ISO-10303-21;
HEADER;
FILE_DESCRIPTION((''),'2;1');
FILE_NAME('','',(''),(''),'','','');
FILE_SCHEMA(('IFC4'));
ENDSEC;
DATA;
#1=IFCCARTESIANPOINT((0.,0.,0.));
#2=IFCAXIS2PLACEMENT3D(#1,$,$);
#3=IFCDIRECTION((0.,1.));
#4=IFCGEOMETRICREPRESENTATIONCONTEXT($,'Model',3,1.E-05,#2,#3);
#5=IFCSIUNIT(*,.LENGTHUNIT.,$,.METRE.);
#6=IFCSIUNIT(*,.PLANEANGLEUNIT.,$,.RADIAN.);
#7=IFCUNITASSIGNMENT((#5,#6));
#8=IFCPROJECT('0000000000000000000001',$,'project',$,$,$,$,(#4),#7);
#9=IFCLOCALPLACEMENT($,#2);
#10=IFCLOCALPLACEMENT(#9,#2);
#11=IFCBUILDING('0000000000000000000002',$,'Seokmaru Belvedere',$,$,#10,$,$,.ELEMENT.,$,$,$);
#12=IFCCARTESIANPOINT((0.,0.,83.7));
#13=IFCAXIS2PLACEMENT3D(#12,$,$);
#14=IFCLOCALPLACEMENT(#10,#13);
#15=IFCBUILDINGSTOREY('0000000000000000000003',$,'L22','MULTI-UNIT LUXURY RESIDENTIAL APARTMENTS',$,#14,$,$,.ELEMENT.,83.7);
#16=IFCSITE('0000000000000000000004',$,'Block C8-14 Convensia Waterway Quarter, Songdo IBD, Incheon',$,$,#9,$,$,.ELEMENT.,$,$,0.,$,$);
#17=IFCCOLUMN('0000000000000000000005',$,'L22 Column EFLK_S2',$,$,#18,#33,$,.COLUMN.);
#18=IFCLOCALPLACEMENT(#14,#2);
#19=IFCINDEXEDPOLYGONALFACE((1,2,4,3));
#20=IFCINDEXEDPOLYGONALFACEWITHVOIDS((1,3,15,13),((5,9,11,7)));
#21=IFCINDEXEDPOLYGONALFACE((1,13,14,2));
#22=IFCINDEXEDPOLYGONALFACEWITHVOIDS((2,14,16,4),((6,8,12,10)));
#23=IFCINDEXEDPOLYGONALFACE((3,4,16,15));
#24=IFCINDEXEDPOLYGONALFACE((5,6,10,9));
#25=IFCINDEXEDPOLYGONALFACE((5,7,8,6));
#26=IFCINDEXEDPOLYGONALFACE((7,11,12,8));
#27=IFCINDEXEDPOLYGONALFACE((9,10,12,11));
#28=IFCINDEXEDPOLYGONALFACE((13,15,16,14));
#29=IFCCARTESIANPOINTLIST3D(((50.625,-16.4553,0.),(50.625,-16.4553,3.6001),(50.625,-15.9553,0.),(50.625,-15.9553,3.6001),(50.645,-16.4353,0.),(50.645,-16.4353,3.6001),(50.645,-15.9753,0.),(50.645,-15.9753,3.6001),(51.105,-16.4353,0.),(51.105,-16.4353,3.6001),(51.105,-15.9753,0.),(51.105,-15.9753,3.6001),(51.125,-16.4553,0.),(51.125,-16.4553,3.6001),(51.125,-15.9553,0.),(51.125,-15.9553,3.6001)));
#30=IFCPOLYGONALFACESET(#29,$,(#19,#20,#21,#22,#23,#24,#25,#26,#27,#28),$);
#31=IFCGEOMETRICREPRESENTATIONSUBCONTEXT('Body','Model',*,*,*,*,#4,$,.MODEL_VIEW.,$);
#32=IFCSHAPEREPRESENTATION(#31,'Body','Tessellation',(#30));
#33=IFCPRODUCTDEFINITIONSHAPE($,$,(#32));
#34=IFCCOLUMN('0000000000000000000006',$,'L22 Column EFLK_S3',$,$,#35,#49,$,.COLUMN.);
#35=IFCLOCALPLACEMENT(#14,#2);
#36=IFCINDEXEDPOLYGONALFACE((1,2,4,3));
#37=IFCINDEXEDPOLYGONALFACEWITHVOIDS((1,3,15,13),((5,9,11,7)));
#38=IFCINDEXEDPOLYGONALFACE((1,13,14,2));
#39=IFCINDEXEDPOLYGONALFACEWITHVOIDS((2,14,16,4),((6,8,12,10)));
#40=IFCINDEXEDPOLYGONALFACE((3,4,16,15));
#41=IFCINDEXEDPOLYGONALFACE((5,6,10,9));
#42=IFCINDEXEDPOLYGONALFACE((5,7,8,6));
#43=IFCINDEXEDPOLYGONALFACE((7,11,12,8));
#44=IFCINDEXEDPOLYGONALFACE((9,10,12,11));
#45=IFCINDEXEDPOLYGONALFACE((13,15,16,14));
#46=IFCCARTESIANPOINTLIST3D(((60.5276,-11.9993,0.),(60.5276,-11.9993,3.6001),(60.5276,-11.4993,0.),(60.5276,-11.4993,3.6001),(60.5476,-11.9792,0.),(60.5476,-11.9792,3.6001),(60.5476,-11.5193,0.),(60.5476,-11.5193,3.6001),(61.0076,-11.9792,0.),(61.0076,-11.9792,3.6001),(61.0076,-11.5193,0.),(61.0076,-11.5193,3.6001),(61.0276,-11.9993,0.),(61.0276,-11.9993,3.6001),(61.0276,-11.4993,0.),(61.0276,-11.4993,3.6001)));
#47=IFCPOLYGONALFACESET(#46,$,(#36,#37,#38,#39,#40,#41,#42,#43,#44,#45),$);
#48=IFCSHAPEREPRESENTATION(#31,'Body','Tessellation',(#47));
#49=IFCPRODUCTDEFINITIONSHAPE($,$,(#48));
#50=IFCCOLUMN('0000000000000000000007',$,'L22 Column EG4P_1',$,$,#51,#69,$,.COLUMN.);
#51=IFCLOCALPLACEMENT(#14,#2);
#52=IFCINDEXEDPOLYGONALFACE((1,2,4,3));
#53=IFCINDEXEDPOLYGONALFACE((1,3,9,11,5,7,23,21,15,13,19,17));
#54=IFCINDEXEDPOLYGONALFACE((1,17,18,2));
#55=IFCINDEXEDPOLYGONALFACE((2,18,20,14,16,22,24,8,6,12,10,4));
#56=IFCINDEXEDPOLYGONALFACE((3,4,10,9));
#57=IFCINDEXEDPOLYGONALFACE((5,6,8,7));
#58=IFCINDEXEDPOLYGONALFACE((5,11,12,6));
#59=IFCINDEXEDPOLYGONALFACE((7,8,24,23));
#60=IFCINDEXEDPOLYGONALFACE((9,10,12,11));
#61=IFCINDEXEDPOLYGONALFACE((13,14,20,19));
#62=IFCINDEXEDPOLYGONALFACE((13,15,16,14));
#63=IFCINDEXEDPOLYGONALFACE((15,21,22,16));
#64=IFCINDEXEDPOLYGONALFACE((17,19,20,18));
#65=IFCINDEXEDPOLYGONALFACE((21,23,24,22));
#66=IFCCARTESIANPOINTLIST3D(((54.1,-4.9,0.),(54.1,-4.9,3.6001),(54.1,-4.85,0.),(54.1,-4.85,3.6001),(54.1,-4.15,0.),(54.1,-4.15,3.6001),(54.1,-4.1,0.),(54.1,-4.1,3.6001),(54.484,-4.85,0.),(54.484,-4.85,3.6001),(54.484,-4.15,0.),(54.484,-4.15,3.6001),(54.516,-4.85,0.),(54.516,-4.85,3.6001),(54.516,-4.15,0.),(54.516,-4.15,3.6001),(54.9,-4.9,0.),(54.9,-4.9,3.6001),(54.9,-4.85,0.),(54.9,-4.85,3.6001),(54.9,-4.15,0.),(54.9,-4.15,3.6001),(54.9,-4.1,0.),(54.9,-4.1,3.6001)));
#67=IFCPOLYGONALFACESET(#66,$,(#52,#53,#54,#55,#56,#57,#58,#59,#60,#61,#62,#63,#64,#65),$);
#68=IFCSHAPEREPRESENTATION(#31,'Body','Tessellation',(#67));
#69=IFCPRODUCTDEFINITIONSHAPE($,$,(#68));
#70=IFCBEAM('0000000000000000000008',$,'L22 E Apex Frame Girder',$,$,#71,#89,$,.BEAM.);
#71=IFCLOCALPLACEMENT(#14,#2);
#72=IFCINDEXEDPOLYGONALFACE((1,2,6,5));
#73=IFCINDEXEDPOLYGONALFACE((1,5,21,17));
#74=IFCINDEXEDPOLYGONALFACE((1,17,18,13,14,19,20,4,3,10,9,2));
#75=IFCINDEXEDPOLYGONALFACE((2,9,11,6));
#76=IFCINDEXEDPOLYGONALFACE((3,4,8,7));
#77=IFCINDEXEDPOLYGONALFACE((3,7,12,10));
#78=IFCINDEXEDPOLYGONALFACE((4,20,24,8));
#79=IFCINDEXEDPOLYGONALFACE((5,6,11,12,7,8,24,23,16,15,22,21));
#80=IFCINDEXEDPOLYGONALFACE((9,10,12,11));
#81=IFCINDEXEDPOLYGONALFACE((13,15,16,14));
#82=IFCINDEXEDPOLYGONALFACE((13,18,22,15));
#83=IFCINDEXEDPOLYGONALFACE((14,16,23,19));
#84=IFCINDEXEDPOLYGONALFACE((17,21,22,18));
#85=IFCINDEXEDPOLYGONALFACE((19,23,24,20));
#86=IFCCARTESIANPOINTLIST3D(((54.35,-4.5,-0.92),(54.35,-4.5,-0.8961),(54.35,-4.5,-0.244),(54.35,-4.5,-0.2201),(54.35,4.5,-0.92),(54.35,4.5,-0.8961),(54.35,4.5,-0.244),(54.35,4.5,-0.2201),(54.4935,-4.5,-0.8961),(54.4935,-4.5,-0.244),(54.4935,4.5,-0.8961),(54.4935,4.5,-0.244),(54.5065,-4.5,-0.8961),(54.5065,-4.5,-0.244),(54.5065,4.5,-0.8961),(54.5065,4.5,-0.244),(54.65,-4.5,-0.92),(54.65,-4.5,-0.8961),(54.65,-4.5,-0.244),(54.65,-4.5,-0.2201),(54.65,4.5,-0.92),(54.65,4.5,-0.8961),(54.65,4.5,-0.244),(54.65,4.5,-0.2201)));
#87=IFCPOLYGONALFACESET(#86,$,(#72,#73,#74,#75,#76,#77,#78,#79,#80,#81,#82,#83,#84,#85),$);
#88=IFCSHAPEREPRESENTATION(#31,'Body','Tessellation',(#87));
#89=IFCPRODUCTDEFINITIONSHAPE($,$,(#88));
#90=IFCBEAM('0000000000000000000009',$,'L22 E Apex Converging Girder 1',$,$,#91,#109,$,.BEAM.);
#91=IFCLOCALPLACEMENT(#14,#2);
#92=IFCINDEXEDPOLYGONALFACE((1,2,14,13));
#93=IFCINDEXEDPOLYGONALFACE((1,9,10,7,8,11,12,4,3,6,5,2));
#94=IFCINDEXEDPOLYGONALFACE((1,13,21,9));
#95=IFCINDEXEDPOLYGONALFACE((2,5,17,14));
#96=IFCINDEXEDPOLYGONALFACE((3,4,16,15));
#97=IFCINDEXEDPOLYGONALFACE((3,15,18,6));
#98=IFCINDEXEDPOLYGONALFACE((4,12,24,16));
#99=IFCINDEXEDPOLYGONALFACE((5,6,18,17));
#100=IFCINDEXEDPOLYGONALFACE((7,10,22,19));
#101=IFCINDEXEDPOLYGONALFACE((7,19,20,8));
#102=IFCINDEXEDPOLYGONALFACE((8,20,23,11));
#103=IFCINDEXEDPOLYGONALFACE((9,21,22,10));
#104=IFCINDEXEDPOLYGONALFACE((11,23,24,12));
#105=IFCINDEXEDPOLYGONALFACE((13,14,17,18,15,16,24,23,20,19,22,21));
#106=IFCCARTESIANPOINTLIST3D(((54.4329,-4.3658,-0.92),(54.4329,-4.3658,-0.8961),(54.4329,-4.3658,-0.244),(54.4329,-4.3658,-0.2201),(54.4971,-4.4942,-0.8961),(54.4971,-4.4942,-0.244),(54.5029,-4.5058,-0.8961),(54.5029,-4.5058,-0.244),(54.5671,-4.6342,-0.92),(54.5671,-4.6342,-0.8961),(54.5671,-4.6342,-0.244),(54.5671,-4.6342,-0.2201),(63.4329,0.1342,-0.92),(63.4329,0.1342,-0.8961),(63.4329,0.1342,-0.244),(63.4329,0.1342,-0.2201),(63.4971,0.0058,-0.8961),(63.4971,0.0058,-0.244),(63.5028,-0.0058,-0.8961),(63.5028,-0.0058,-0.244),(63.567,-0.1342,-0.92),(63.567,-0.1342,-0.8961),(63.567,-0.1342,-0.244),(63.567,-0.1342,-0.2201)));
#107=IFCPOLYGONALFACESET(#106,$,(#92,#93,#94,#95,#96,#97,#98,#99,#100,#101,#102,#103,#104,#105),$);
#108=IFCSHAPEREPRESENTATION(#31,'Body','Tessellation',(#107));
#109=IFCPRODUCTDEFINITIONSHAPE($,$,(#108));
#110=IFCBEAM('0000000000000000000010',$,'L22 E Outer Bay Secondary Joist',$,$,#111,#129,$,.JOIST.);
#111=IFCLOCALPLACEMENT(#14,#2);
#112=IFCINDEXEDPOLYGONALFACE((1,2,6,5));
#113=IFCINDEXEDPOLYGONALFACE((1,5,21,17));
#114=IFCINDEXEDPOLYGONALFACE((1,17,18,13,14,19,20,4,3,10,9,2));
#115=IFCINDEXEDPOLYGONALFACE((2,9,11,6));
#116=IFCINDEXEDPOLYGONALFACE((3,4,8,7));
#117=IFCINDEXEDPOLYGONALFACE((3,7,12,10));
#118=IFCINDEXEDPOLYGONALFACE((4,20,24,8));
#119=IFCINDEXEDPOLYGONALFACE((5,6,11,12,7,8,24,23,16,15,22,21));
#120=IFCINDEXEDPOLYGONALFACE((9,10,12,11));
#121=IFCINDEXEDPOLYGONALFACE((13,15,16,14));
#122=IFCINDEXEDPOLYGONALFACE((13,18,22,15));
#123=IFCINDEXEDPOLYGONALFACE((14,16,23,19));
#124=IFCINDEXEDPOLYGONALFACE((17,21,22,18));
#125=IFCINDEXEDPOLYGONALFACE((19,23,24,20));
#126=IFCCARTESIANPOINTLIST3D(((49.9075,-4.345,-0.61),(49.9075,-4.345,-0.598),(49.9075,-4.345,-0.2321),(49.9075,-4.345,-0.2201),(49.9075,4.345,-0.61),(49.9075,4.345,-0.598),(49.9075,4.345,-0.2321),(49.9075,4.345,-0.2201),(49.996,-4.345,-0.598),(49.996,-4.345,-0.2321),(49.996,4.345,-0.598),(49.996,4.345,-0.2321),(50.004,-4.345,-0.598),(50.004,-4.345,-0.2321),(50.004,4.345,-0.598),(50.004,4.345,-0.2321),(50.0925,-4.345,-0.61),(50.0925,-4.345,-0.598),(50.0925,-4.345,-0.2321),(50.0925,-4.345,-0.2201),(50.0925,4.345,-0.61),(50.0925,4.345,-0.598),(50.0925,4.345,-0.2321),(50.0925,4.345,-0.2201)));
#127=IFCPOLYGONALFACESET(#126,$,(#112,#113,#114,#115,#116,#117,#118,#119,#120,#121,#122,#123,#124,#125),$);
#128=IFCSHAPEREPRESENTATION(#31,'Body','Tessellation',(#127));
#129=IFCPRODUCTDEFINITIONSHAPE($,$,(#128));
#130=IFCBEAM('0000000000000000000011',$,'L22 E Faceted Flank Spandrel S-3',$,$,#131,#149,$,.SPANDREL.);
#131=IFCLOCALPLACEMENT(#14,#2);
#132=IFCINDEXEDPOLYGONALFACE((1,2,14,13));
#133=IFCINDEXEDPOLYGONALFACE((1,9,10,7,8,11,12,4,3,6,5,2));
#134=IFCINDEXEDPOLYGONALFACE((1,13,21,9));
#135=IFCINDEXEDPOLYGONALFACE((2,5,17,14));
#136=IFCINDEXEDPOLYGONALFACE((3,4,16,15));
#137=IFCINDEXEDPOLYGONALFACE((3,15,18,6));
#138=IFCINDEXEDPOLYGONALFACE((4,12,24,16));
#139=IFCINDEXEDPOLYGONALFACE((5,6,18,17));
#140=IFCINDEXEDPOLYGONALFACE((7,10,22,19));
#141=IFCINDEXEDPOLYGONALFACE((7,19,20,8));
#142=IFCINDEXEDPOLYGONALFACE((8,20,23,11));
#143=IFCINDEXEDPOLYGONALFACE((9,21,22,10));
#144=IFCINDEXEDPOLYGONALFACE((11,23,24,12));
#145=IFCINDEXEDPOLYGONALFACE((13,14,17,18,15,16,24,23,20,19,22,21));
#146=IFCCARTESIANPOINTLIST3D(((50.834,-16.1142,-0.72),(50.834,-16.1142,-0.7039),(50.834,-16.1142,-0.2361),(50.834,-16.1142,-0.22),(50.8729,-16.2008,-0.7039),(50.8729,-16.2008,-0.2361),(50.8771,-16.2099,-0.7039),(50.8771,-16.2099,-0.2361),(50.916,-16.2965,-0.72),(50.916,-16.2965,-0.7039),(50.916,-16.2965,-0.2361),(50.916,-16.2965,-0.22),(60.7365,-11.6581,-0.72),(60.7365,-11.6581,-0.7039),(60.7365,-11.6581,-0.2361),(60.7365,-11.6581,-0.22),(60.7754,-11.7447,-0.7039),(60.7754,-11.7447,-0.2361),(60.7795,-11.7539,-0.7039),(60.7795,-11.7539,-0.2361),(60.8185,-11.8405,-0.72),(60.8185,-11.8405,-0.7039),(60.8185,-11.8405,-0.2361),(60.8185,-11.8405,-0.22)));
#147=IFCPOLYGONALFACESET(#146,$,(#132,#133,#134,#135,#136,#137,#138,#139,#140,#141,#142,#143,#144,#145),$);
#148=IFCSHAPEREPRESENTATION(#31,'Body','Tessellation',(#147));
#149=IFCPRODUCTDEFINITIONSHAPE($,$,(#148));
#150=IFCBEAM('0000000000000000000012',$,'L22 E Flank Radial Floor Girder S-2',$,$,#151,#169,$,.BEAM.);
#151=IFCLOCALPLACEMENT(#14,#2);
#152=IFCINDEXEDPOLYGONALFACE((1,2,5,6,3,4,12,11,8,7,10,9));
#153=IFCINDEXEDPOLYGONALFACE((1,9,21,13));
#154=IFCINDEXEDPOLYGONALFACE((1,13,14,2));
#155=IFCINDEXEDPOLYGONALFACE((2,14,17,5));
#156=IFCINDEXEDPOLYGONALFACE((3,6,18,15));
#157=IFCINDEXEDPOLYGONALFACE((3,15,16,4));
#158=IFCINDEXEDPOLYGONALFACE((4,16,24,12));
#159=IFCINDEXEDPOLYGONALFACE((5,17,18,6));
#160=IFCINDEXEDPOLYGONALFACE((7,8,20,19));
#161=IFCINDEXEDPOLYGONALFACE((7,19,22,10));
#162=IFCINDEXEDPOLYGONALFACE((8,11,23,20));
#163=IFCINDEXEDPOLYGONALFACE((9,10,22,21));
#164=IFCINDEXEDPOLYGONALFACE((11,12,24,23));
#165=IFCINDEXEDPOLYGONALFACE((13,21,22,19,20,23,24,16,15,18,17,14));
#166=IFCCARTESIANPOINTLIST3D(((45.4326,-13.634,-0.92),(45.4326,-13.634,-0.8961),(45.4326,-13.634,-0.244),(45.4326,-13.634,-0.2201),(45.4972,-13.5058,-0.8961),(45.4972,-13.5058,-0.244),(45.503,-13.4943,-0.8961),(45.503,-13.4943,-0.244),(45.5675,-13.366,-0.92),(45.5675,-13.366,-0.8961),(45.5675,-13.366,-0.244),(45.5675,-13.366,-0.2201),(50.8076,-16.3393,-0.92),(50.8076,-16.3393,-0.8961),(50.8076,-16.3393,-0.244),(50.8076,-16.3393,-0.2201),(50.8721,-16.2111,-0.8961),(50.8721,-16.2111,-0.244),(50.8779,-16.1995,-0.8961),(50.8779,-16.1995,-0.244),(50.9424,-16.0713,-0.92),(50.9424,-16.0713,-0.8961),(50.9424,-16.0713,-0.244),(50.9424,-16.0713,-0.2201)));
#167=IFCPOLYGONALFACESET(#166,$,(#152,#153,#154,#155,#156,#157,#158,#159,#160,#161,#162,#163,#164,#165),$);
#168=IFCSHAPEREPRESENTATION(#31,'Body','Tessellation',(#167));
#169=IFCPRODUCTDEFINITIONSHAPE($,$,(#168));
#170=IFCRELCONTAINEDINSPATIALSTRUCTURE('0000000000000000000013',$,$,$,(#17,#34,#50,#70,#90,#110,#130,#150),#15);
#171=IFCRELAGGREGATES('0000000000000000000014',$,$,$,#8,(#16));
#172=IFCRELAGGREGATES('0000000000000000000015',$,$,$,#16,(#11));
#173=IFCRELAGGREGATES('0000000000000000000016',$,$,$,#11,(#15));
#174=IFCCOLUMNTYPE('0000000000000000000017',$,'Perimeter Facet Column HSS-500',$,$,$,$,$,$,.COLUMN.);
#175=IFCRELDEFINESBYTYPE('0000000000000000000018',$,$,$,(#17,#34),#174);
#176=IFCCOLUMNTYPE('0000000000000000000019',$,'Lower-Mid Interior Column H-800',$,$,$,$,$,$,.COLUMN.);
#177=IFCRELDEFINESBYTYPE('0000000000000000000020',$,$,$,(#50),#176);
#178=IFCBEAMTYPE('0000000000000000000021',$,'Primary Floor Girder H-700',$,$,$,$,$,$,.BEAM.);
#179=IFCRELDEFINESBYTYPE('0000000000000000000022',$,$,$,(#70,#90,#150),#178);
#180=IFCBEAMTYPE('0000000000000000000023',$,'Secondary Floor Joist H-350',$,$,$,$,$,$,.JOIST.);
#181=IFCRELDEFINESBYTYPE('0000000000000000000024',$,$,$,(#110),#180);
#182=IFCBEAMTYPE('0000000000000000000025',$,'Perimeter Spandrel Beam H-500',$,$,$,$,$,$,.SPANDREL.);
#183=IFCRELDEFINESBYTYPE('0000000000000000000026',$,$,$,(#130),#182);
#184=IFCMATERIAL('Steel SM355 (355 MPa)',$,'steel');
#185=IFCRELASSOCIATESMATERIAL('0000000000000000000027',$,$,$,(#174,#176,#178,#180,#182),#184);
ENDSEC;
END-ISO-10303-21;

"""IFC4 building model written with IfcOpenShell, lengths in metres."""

from ifc_helpers import new_model, si_unit, direction, frame, origin, origin_2d, place, context, subcontext, project, spatial, hollow_rectangle, i_section, extrude, source, transform, mapped, material, material_profile, profile_set, type_object, type_shapes, element, save


model = new_model("IFC4")

# Units and contexts
model_context = context("Model", 3, precision=1e-05, world=origin(), true_north=direction((0.0, 1.0)))
body_context = subcontext(model_context, "Body", "Model", "MODEL_VIEW")
ifc_project = project(units=[si_unit("LENGTHUNIT", "METRE"), si_unit("PLANEANGLEUNIT", "RADIAN")], contexts=[model_context])

# Site, building, storey
site_placement = place(None, origin())
site = spatial("IfcSite", under=ifc_project, at=site_placement, Name="Block C8-14 Convensia Waterway Quarter, Songdo IBD, Incheon", CompositionType="ELEMENT", RefElevation=0.0)
building_placement = place(site_placement, origin())
building = spatial("IfcBuilding", under=site, at=building_placement, Name="Seokmaru Belvedere", CompositionType="ELEMENT")
storey_placement = place(building_placement, frame((0.0, 0.0, 83.7)))
storey = spatial("IfcBuildingStorey", under=building, at=storey_placement, Name="L22", Description="MULTI-UNIT LUXURY RESIDENTIAL APARTMENTS", CompositionType="ELEMENT", Elevation=83.7)

# Columns
ifc_material_1 = material(Name="Steel SM355 (355 MPa)", Category="steel")
ifc_material_profile_1 = material_profile(ifc_material_1, hollow_rectangle(XDim=0.5, YDim=0.5, WallThickness=0.02, at=origin_2d()), Name="HSS-500x500x20")
ifc_profile_set_1 = profile_set([ifc_material_profile_1], Name="Steel SM355 (355 MPa)")
column_type_1 = type_object("IfcColumnType", Name="Perimeter Facet Column HSS-500", PredefinedType="COLUMN", material=ifc_profile_set_1)
shared_shape_1 = source(origin(), body_context, "Body", "SweptSolid", [
    extrude(hollow_rectangle(XDim=0.5, YDim=0.5, WallThickness=0.02, at=origin_2d()), origin(), (0.0, 0.0, 1.0), 3.6001),
])
type_shapes(column_type_1, [shared_shape_1])
for number, where, z_axis, x_axis, name in (
    (1, (50.875, -16.2053, 0.0), (0.0, 0.0, 1.0), (1.0, 0.0, 0.0), "L22 Column EFLK_S2"),
    (2, (60.7776, -11.7493, 0.0), (0.0, 0.0, 1.0), (1.0, 0.0, 0.0), "L22 Column EFLK_S3"),
):
    element("IfcColumn", number, at=place(storey_placement, frame(where, z_axis=z_axis, x_axis=x_axis)), inside=storey, type_object=column_type_1, Name=name, PredefinedType="COLUMN", context=body_context, shape_type="MappedRepresentation", body=[
        mapped(shared_shape_1, transform((0.0, 0.0, 0.0), scale=1.0)),
    ])
ifc_material_profile_2 = material_profile(ifc_material_1, i_section(OverallWidth=0.8, OverallDepth=0.8, WebThickness=0.032, FlangeThickness=0.05, at=origin_2d()), Name="H-800x800x32x50")
ifc_profile_set_2 = profile_set([ifc_material_profile_2], Name="Steel SM355 (355 MPa)")
column_type_2 = type_object("IfcColumnType", Name="Lower-Mid Interior Column H-800", PredefinedType="COLUMN", material=ifc_profile_set_2)
shared_shape_2 = source(origin(), body_context, "Body", "SweptSolid", [
    extrude(i_section(OverallWidth=0.8, OverallDepth=0.8, WebThickness=0.032, FlangeThickness=0.05, at=origin_2d()), origin(), (0.0, 0.0, 1.0), 3.6001),
])
type_shapes(column_type_2, [shared_shape_2])
column_placement = place(storey_placement, frame((54.5, -4.5, 0.0), z_axis=(0.0, 0.0, 1.0), x_axis=(1.0, 0.0, 0.0)))
element("IfcColumn", 3, at=column_placement, inside=storey, type_object=column_type_2, Name="L22 Column EG4P_1", PredefinedType="COLUMN", context=body_context, shape_type="MappedRepresentation", body=[
    mapped(shared_shape_2, transform((0.0, 0.0, 0.0), scale=1.0)),
])

# Beams
ifc_material_profile_3 = material_profile(ifc_material_1, i_section(OverallWidth=0.3, OverallDepth=0.7, WebThickness=0.0129, FlangeThickness=0.0239, at=origin_2d()), Name="H-700x300x13x24")
ifc_profile_set_3 = profile_set([ifc_material_profile_3], Name="Steel SM355 (355 MPa)")
beam_type_1 = type_object("IfcBeamType", Name="Primary Floor Girder H-700", PredefinedType="BEAM", material=ifc_profile_set_3)
shared_shape_3 = source(origin(), body_context, "Body", "SweptSolid", [
    extrude(i_section(OverallWidth=0.3, OverallDepth=0.7, WebThickness=0.0129, FlangeThickness=0.0239, at=origin_2d()), origin(), (0.0, 0.0, 1.0), 9.0),
])
beam_1_placement = place(storey_placement, frame((54.5, -4.5, -0.5701), z_axis=(0.0, 1.0, 0.0), x_axis=(-1.0, 0.0, 0.0)))
element("IfcBeam", 4, at=beam_1_placement, inside=storey, type_object=beam_type_1, Name="L22 E Apex Frame Girder", PredefinedType="BEAM", context=body_context, shape_type="MappedRepresentation", body=[
    mapped(shared_shape_3, transform((0.0, 0.0, 0.0), scale=1.0)),
])
shared_shape_4 = source(origin(), body_context, "Body", "SweptSolid", [
    extrude(i_section(OverallWidth=0.3, OverallDepth=0.7, WebThickness=0.0129, FlangeThickness=0.0239, at=origin_2d()), origin(), (0.0, 0.0, 1.0), 10.0623),
])
beam_2_placement = place(storey_placement, frame((54.5, -4.5, -0.5701), z_axis=(0.894427, 0.447214, 0.0), x_axis=(-0.447214, 0.894427, 0.0)))
element("IfcBeam", 5, at=beam_2_placement, inside=storey, type_object=beam_type_1, Name="L22 E Apex Converging Girder 1", PredefinedType="BEAM", context=body_context, shape_type="MappedRepresentation", body=[
    mapped(shared_shape_4, transform((0.0, 0.0, 0.0), scale=1.0)),
])
ifc_material_profile_4 = material_profile(ifc_material_1, i_section(OverallWidth=0.1851, OverallDepth=0.3899, WebThickness=0.0081, FlangeThickness=0.012, at=origin_2d()), Name="H-390x185x8x12")
ifc_profile_set_4 = profile_set([ifc_material_profile_4], Name="Steel SM355 (355 MPa)")
beam_type_2 = type_object("IfcBeamType", Name="Secondary Floor Joist H-350", PredefinedType="JOIST", material=ifc_profile_set_4)
shared_shape_5 = source(origin(), body_context, "Body", "SweptSolid", [
    extrude(i_section(OverallWidth=0.1851, OverallDepth=0.3899, WebThickness=0.0081, FlangeThickness=0.012, at=origin_2d()), origin(), (0.0, 0.0, 1.0), 8.6899),
])
type_shapes(beam_type_2, [shared_shape_5])
beam_3_placement = place(storey_placement, frame((50.0, -4.345, -0.415), z_axis=(0.0, 1.0, 0.0), x_axis=(-1.0, 0.0, 0.0)))
element("IfcBeam", 6, at=beam_3_placement, inside=storey, type_object=beam_type_2, Name="L22 E Outer Bay Secondary Joist", PredefinedType="JOIST", context=body_context, shape_type="MappedRepresentation", body=[
    mapped(shared_shape_5, transform((0.0, 0.0, 0.0), scale=1.0)),
])
ifc_material_profile_5 = material_profile(ifc_material_1, i_section(OverallWidth=0.2, OverallDepth=0.5, WebThickness=0.01, FlangeThickness=0.0161, at=origin_2d()), Name="H-500x200x10x16")
ifc_profile_set_5 = profile_set([ifc_material_profile_5], Name="Steel SM355 (355 MPa)")
beam_type_3 = type_object("IfcBeamType", Name="Perimeter Spandrel Beam H-500", PredefinedType="SPANDREL", material=ifc_profile_set_5)
shared_shape_6 = source(origin(), body_context, "Body", "SweptSolid", [
    extrude(i_section(OverallWidth=0.2, OverallDepth=0.5, WebThickness=0.01, FlangeThickness=0.0161, at=origin_2d()), origin(), (0.0, 0.0, 1.0), 10.8589),
])
type_shapes(beam_type_3, [shared_shape_6])
beam_4_placement = place(storey_placement, frame((50.875, -16.2053, -0.47), z_axis=(0.911925, 0.410356, 0.0), x_axis=(-0.410356, 0.911925, 0.0)))
element("IfcBeam", 7, at=beam_4_placement, inside=storey, type_object=beam_type_3, Name="L22 E Faceted Flank Spandrel S-3", PredefinedType="SPANDREL", context=body_context, shape_type="MappedRepresentation", body=[
    mapped(shared_shape_6, transform((0.0, 0.0, 0.0), scale=1.0)),
])
shared_shape_7 = source(origin(), body_context, "Body", "SweptSolid", [
    extrude(i_section(OverallWidth=0.3, OverallDepth=0.7, WebThickness=0.0129, FlangeThickness=0.0239, at=origin_2d()), origin(), (0.0, 0.0, 1.0), 6.0173),
])
type_shapes(beam_type_1, [shared_shape_3, shared_shape_4, shared_shape_7])
beam_5_placement = place(storey_placement, frame((50.875, -16.2053, -0.5701), z_axis=(-0.893239, 0.449581, 0.0), x_axis=(-0.449581, -0.893239, 0.0)))
element("IfcBeam", 8, at=beam_5_placement, inside=storey, type_object=beam_type_1, Name="L22 E Flank Radial Floor Girder S-2", PredefinedType="BEAM", context=body_context, shape_type="MappedRepresentation", body=[
    mapped(shared_shape_7, transform((0.0, 0.0, 0.0), scale=1.0)),
])

save(model, "model.ifc")
